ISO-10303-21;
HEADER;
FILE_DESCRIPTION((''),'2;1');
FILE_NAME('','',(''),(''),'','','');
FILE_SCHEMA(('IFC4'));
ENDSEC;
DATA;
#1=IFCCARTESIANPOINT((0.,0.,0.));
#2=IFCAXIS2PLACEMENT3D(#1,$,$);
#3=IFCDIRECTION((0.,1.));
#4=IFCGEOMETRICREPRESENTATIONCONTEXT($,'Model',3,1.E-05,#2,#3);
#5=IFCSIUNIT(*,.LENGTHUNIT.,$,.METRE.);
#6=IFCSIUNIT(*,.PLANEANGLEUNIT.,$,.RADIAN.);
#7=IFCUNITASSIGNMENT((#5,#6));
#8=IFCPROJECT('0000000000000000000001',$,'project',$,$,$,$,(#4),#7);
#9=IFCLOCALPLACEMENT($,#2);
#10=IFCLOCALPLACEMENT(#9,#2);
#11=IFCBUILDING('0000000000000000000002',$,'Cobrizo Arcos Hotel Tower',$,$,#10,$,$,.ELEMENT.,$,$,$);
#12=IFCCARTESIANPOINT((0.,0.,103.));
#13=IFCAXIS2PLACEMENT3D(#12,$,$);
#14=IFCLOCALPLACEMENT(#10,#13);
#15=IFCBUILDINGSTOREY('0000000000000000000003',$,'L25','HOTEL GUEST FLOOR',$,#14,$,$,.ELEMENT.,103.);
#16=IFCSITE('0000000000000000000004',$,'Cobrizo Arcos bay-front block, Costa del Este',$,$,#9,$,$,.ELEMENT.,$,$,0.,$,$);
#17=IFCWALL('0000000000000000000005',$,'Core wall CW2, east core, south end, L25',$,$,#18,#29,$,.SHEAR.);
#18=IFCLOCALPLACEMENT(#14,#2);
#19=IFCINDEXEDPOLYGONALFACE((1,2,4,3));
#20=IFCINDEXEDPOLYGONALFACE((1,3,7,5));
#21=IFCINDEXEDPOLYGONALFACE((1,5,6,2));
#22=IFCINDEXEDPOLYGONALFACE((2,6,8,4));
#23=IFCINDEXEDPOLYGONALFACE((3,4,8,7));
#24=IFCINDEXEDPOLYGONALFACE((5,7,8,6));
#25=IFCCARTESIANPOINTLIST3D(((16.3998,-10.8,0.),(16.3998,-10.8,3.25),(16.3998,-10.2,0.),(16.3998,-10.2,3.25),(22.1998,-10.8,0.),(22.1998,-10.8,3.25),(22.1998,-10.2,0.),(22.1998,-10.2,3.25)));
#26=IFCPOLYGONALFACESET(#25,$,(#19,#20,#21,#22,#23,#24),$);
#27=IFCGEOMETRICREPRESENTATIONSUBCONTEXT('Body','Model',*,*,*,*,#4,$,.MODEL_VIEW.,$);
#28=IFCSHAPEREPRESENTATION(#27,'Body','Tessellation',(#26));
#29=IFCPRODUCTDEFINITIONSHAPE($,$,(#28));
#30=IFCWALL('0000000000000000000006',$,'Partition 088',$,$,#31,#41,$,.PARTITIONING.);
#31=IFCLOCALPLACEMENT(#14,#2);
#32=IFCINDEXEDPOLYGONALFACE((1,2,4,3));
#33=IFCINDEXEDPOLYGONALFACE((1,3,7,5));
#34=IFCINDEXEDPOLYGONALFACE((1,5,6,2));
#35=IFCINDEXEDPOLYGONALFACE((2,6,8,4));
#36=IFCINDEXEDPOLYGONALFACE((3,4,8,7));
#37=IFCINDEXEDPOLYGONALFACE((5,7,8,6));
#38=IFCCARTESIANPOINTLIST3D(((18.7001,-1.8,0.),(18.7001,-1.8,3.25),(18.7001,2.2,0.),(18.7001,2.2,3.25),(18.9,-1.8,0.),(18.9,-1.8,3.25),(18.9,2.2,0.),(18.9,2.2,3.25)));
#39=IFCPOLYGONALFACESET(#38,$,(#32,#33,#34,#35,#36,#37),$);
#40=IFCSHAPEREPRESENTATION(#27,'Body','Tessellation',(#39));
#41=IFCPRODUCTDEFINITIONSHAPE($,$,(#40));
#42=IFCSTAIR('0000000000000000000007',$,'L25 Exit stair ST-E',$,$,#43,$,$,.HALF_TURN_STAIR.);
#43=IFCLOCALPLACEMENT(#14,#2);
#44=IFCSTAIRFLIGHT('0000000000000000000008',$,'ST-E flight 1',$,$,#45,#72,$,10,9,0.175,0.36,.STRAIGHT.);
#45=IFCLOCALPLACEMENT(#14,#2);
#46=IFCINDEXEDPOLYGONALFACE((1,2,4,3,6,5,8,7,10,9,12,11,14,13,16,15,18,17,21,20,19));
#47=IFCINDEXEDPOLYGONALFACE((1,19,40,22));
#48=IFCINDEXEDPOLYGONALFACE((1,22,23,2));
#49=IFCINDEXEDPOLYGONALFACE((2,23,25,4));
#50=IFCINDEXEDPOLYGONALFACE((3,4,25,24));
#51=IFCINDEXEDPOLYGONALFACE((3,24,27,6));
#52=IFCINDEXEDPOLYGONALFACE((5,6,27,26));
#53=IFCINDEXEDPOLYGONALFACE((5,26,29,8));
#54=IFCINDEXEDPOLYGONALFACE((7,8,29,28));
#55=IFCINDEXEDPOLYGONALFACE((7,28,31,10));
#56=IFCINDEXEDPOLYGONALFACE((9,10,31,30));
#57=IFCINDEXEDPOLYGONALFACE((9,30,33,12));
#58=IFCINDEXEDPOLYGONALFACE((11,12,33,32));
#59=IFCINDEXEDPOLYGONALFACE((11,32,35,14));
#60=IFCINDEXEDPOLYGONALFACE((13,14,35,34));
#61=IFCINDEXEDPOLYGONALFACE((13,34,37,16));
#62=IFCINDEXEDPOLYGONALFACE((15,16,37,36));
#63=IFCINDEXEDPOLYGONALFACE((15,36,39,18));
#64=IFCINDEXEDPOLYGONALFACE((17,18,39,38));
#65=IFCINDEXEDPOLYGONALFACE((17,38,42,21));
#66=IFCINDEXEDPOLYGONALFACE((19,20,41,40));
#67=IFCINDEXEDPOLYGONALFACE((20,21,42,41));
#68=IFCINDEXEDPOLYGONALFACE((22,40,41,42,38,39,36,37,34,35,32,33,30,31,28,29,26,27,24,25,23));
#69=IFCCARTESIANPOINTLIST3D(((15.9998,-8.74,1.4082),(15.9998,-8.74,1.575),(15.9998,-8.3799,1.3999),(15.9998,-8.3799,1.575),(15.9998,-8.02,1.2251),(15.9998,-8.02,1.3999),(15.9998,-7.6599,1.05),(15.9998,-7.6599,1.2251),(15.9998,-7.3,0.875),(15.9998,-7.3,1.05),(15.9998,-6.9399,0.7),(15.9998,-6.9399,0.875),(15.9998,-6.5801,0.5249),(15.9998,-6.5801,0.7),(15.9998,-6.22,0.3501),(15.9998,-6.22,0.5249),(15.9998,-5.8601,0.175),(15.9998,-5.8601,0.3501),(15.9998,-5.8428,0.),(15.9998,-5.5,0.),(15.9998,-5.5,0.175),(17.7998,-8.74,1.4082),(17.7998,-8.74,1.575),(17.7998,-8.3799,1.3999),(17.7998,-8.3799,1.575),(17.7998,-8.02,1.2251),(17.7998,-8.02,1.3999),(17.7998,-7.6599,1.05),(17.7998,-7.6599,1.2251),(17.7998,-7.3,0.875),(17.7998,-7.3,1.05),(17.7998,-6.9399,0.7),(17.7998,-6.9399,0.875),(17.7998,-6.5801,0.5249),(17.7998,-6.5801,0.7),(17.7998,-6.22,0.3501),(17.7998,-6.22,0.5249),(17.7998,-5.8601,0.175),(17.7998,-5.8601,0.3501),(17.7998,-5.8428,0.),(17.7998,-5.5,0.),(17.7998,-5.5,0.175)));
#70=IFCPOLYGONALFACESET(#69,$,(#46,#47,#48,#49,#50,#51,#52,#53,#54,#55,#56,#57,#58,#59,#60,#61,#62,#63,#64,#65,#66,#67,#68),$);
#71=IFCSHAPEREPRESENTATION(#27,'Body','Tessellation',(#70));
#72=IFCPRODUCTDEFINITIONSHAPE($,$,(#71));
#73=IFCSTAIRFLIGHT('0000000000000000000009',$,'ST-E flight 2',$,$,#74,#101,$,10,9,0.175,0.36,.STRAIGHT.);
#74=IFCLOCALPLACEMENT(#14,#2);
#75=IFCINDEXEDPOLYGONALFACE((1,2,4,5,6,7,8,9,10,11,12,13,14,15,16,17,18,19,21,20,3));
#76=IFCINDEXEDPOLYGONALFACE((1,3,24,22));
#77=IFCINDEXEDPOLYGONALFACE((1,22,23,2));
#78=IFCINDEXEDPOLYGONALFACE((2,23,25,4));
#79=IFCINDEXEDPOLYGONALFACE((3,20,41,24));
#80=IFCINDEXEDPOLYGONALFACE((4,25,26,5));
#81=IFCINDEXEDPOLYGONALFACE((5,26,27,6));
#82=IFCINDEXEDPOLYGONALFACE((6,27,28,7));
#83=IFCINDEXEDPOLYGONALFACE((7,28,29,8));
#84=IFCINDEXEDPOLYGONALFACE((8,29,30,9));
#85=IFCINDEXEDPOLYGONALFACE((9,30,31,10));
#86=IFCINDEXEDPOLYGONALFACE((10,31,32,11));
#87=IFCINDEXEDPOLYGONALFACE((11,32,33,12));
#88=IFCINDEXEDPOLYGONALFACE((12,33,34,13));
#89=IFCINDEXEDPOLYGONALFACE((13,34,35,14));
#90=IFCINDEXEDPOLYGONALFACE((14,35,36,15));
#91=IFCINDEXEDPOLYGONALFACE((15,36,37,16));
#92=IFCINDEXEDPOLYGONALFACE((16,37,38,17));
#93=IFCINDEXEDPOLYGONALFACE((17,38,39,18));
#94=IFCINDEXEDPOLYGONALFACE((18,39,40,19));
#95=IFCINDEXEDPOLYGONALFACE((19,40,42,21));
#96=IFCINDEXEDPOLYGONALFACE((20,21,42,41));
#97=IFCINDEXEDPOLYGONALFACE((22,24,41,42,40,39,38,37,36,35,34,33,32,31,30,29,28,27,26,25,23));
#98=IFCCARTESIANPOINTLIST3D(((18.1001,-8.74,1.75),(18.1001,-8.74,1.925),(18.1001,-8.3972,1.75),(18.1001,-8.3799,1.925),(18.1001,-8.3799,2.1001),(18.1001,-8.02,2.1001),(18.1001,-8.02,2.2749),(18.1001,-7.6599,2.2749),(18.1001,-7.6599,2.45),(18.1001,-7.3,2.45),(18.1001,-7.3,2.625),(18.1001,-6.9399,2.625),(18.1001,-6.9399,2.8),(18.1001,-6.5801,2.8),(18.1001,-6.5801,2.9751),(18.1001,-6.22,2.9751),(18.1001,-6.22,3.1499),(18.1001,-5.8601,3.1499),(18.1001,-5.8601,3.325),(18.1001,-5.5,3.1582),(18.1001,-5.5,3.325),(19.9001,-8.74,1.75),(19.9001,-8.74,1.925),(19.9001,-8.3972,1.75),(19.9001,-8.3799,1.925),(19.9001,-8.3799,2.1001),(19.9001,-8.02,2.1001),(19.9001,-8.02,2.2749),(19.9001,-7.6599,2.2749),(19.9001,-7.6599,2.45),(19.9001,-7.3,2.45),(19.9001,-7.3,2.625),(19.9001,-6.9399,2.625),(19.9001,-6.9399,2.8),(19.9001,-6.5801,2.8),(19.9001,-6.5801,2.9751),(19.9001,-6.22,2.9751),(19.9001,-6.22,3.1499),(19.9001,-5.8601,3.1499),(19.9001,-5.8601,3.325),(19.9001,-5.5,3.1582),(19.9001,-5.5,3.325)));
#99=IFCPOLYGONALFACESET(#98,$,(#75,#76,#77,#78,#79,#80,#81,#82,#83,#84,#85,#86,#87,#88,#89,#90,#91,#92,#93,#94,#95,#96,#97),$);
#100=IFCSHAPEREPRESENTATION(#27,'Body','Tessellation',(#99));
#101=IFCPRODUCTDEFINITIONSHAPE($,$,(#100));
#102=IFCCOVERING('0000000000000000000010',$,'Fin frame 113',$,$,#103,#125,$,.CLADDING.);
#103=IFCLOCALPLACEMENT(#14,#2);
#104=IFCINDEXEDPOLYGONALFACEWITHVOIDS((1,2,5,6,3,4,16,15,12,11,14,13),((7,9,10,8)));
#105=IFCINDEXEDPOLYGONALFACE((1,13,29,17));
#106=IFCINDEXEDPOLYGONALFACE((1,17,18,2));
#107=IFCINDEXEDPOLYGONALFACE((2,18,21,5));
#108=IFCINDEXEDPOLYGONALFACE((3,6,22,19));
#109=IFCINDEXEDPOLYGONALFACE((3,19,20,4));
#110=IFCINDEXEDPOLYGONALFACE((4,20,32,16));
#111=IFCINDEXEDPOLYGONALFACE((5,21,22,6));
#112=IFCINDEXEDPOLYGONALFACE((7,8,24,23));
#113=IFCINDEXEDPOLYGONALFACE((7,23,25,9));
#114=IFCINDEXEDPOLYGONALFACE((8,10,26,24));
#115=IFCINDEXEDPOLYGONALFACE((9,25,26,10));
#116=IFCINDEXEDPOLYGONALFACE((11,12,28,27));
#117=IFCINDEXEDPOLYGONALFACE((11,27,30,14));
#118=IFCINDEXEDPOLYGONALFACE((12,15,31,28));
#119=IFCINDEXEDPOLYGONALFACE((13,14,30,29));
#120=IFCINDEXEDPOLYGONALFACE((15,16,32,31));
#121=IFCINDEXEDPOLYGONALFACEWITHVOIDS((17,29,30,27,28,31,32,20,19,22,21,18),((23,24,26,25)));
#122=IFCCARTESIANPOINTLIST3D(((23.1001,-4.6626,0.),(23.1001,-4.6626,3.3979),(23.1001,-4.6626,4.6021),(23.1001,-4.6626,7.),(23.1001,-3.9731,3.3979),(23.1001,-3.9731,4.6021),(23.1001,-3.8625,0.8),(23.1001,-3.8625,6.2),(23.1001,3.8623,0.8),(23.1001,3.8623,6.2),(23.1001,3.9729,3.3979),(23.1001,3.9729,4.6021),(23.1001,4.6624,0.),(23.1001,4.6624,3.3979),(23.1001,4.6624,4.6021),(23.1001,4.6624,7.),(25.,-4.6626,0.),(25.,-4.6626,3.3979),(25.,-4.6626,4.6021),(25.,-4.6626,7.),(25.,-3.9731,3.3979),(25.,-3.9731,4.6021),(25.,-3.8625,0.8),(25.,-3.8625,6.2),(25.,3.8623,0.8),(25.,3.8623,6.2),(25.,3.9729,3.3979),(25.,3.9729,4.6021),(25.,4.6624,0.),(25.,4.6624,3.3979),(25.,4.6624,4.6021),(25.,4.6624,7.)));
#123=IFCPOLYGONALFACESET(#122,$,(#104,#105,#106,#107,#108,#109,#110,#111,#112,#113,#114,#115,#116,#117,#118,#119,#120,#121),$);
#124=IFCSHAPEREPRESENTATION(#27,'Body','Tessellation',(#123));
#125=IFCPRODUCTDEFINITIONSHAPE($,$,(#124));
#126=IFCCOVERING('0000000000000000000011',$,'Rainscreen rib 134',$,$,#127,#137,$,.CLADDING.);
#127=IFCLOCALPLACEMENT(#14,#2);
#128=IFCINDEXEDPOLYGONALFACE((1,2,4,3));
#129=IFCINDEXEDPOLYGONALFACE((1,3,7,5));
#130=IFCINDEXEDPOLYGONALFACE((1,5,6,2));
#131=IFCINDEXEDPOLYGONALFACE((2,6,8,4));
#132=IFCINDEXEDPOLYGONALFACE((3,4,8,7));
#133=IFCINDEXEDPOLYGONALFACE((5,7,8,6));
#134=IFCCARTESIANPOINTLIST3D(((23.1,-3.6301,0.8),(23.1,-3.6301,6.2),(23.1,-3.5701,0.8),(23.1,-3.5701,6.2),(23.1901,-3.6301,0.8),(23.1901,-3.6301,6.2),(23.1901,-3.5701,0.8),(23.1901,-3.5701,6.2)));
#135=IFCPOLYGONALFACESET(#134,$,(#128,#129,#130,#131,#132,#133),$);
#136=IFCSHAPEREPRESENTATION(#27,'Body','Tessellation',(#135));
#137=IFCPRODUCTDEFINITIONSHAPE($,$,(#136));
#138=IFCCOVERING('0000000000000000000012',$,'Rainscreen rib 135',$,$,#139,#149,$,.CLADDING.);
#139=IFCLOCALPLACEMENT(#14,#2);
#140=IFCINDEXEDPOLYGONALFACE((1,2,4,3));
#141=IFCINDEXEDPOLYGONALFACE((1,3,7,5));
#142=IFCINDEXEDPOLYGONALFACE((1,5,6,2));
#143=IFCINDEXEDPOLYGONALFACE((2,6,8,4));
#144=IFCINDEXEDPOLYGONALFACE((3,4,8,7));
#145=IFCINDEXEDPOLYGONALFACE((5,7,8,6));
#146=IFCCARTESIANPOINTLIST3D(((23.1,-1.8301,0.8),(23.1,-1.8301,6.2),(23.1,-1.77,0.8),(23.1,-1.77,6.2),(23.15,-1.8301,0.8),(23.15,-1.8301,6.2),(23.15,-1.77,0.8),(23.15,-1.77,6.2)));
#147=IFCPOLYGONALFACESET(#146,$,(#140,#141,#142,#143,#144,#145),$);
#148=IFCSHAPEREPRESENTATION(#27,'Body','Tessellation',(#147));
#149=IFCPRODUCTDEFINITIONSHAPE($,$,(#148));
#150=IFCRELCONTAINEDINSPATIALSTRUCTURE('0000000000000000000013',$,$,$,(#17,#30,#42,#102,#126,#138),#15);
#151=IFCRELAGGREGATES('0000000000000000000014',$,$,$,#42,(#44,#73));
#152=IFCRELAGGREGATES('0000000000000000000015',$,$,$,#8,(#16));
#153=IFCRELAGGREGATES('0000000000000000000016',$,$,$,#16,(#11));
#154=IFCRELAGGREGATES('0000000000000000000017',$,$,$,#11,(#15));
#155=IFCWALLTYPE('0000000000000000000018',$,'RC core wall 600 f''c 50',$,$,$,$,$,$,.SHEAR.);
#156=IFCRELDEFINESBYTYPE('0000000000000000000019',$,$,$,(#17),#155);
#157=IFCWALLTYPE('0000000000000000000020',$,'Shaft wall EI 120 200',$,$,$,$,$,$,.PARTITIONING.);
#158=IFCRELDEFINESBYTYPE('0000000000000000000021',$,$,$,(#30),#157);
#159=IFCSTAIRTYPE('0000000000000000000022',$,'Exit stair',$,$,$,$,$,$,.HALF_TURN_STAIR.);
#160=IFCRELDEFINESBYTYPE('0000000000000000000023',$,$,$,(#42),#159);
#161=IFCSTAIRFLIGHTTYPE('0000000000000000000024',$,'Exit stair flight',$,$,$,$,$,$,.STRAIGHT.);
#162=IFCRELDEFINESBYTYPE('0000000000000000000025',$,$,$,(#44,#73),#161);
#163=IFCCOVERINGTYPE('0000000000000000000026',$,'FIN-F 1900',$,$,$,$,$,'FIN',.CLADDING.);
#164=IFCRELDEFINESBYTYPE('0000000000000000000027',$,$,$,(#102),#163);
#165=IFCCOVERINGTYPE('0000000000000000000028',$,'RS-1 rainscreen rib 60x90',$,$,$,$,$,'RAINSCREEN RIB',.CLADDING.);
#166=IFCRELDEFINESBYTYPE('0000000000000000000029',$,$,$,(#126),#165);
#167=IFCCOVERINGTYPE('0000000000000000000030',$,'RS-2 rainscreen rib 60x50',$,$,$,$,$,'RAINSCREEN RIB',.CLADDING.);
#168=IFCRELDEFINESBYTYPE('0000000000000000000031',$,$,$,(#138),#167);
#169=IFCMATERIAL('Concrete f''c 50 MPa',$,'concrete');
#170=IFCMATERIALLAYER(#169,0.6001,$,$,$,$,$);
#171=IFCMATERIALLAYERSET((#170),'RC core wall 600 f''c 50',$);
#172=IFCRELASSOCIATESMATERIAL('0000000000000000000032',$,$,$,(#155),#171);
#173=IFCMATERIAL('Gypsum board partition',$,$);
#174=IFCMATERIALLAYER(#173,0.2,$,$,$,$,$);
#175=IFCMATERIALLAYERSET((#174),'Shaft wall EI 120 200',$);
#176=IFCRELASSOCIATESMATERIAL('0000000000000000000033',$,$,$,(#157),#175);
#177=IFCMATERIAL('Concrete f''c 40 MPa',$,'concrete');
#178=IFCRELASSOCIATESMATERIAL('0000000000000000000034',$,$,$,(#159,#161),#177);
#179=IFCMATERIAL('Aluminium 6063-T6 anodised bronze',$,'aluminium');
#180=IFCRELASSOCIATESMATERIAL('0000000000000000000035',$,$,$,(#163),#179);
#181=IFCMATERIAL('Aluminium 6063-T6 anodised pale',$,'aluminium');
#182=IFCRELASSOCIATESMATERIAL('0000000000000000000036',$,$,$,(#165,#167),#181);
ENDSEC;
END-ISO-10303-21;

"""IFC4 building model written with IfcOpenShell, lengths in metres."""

from ifc_helpers import new_model, si_unit, direction, frame, frame_2d, origin, origin_2d, place, context, subcontext, project, spatial, polyline, rectangle, outline, extrude, material, layer, layer_set, type_object, element, aggregate, save


model = new_model("IFC4")

# Units and contexts
model_context = context("Model", 3, precision=1e-05, world=origin(), true_north=direction((0.0, 1.0)))
body_context = subcontext(model_context, "Body", "Model", "MODEL_VIEW")
ifc_project = project(units=[si_unit("LENGTHUNIT", "METRE"), si_unit("PLANEANGLEUNIT", "RADIAN")], contexts=[model_context])

# Site, building, storey
site_placement = place(None, origin())
site = spatial("IfcSite", under=ifc_project, at=site_placement, Name="Cobrizo Arcos bay-front block, Costa del Este", CompositionType="ELEMENT", RefElevation=0.0)
building_placement = place(site_placement, origin())
building = spatial("IfcBuilding", under=site, at=building_placement, Name="Cobrizo Arcos Hotel Tower", CompositionType="ELEMENT")
storey_placement = place(building_placement, frame((0.0, 0.0, 103.0)))
storey = spatial("IfcBuildingStorey", under=building, at=storey_placement, Name="L25", Description="HOTEL GUEST FLOOR", CompositionType="ELEMENT", Elevation=103.0)

# Walls
ifc_material_1 = material(Name="Concrete f'c 50 MPa", Category="concrete")
ifc_layer_1 = layer(ifc_material_1, 0.6001)
ifc_layer_set_1 = layer_set([ifc_layer_1], Name="RC core wall 600 f'c 50")
wall_type_1 = type_object("IfcWallType", Name="RC core wall 600 f'c 50", PredefinedType="SHEAR", material=ifc_layer_set_1)
wall_1_placement = place(storey_placement, frame((16.3999, -10.5, 0.0), z_axis=(0.0, 0.0, 1.0), x_axis=(1.0, 0.0, 0.0)))
element("IfcWall", 1, at=wall_1_placement, inside=storey, type_object=wall_type_1, Name="Core wall CW2, east core, south end, L25", PredefinedType="SHEAR", context=body_context, shape_type="SweptSolid", body=[
    extrude(rectangle(XDim=5.8, YDim=0.6001, at=frame_2d((2.8999, 0.0))), origin(), (0.0, 0.0, 1.0), 3.25),
])
ifc_material_2 = material(Name="Gypsum board partition")
ifc_layer_2 = layer(ifc_material_2, 0.2)
ifc_layer_set_2 = layer_set([ifc_layer_2], Name="Shaft wall EI 120 200")
wall_type_2 = type_object("IfcWallType", Name="Shaft wall EI 120 200", PredefinedType="PARTITIONING", material=ifc_layer_set_2)
wall_2_placement = place(storey_placement, frame((18.8, -1.8, 0.0), z_axis=(0.0, 0.0, 1.0), x_axis=(0.0, 1.0, 0.0)))
element("IfcWall", 2, at=wall_2_placement, inside=storey, type_object=wall_type_2, Name="Partition 088", PredefinedType="PARTITIONING", context=body_context, shape_type="SweptSolid", body=[
    extrude(rectangle(XDim=4.0, YDim=0.2, at=frame_2d((2.0, 0.0))), origin(), (0.0, 0.0, 1.0), 3.25),
])

# Stair, stair flights
ifc_material_3 = material(Name="Concrete f'c 40 MPa", Category="concrete")
stair_type = type_object("IfcStairType", Name="Exit stair", PredefinedType="HALF_TURN_STAIR", material=ifc_material_3)
stair_placement = place(storey_placement, origin())
stair = element("IfcStair", 3, at=stair_placement, inside=storey, type_object=stair_type, Name="L25 Exit stair ST-E", PredefinedType="HALF_TURN_STAIR")
stair_flight_type = type_object("IfcStairFlightType", Name="Exit stair flight", PredefinedType="STRAIGHT", material=ifc_material_3)
stair_flight_1_placement = place(storey_placement, frame((16.8999, -5.5, 0.0), z_axis=(0.0, 0.0, 1.0), x_axis=(0.0, -1.0, 0.0)))
stair_flight_1 = element("IfcStairFlight", 4, at=stair_flight_1_placement, type_object=stair_flight_type, Name="ST-E flight 1", NumberOfRisers=10, NumberOfTreads=9, PredefinedType="STRAIGHT", RiserHeight=0.175, TreadLength=0.36, context=body_context, shape_type="SweptSolid", body=[
    extrude(outline(polyline([(0.0, 0.0), (0.0, 0.175), (0.3601, 0.175), (0.3601, 0.3501), (0.72, 0.3501), (0.72, 0.5249), (1.0801, 0.5249), (1.0801, 0.7), (1.4399, 0.7), (1.4399, 0.875), (1.8, 0.875), (1.8, 1.05), (2.1599, 1.05), (2.1599, 1.2251), (2.52, 1.2251), (2.52, 1.3999), (2.8799, 1.3999), (2.8799, 1.575), (3.24, 1.575), (3.24, 1.75), (3.24, 1.4082), (0.3428, 0.0), (0.0, 0.0)])), frame((0.0, 0.8999, 0.0), z_axis=(0.0, -1.0, 0.0), x_axis=(1.0, 0.0, 0.0)), (0.0, 0.0, 1.0), 1.8),
])
stair_flight_2_placement = place(storey_placement, frame((19.0, -8.74, 1.75), z_axis=(0.0, 0.0, 1.0), x_axis=(0.0, 1.0, 0.0)))
stair_flight_2 = element("IfcStairFlight", 5, at=stair_flight_2_placement, type_object=stair_flight_type, Name="ST-E flight 2", NumberOfRisers=10, NumberOfTreads=9, PredefinedType="STRAIGHT", RiserHeight=0.175, TreadLength=0.36, context=body_context, shape_type="SweptSolid", body=[
    extrude(outline(polyline([(0.0, 0.0), (0.0, 0.175), (0.3601, 0.175), (0.3601, 0.3501), (0.72, 0.3501), (0.72, 0.5249), (1.0801, 0.5249), (1.0801, 0.7), (1.4399, 0.7), (1.4399, 0.875), (1.8, 0.875), (1.8, 1.05), (2.1599, 1.05), (2.1599, 1.2251), (2.52, 1.2251), (2.52, 1.3999), (2.8799, 1.3999), (2.8799, 1.575), (3.24, 1.575), (3.24, 1.75), (3.24, 1.4082), (0.3428, 0.0), (0.0, 0.0)])), frame((0.0, 0.8999, 0.0), z_axis=(0.0, -1.0, 0.0), x_axis=(1.0, 0.0, 0.0)), (0.0, 0.0, 1.0), 1.8),
])
aggregate(stair, [stair_flight_1, stair_flight_2])

# Coverings
ifc_material_4 = material(Name="Aluminium 6063-T6 anodised bronze", Category="aluminium")
covering_type_1 = type_object("IfcCoveringType", Name="FIN-F 1900", ElementType="FIN", PredefinedType="CLADDING", material=ifc_material_4)
covering_1_placement = place(storey_placement, frame((23.1001, -4.6626, 0.0), z_axis=(1.0, 0.0, 0.0), x_axis=(0.0, 1.0, 0.0)))
element("IfcCovering", 6, at=covering_1_placement, inside=storey, type_object=covering_type_1, Name="Fin frame 113", PredefinedType="CLADDING", context=body_context, shape_type="SweptSolid", body=[
    extrude(outline(polyline([(9.325, 0.0), (9.325, 3.3979), (8.6355, 3.3979), (8.6355, 4.6021), (9.325, 4.6021), (9.325, 7.0), (0.0, 7.0), (0.0, 4.6021), (0.6895, 4.6021), (0.6895, 3.3979), (0.0, 3.3979), (0.0, 0.0), (9.325, 0.0)]), holes=[polyline([(8.5249, 0.8), (0.8, 0.8), (0.8, 6.2), (8.5249, 6.2), (8.5249, 0.8)])]), origin(), (0.0, 0.0, 1.0), 1.8999),
])
ifc_material_5 = material(Name="Aluminium 6063-T6 anodised pale", Category="aluminium")
covering_type_2 = type_object("IfcCoveringType", Name="RS-1 rainscreen rib 60x90", ElementType="RAINSCREEN RIB", PredefinedType="CLADDING", material=ifc_material_5)
covering_2_placement = place(storey_placement, frame((23.145, -3.6001, 0.8), z_axis=(0.0, 0.0, 1.0), x_axis=(0.0, 1.0, 0.0)))
element("IfcCovering", 7, at=covering_2_placement, inside=storey, type_object=covering_type_2, Name="Rainscreen rib 134", PredefinedType="CLADDING", context=body_context, shape_type="SweptSolid", body=[
    extrude(rectangle(XDim=0.0601, YDim=0.0901, at=origin_2d()), origin(), (0.0, 0.0, 1.0), 5.3999),
])
covering_type_3 = type_object("IfcCoveringType", Name="RS-2 rainscreen rib 60x50", ElementType="RAINSCREEN RIB", PredefinedType="CLADDING", material=ifc_material_5)
covering_3_placement = place(storey_placement, frame((23.125, -1.8, 0.8), z_axis=(0.0, 0.0, 1.0), x_axis=(0.0, 1.0, 0.0)))
element("IfcCovering", 8, at=covering_3_placement, inside=storey, type_object=covering_type_3, Name="Rainscreen rib 135", PredefinedType="CLADDING", context=body_context, shape_type="SweptSolid", body=[
    extrude(rectangle(XDim=0.0601, YDim=0.05, at=origin_2d()), origin(), (0.0, 0.0, 1.0), 5.3999),
])

save(model, "model.ifc")
